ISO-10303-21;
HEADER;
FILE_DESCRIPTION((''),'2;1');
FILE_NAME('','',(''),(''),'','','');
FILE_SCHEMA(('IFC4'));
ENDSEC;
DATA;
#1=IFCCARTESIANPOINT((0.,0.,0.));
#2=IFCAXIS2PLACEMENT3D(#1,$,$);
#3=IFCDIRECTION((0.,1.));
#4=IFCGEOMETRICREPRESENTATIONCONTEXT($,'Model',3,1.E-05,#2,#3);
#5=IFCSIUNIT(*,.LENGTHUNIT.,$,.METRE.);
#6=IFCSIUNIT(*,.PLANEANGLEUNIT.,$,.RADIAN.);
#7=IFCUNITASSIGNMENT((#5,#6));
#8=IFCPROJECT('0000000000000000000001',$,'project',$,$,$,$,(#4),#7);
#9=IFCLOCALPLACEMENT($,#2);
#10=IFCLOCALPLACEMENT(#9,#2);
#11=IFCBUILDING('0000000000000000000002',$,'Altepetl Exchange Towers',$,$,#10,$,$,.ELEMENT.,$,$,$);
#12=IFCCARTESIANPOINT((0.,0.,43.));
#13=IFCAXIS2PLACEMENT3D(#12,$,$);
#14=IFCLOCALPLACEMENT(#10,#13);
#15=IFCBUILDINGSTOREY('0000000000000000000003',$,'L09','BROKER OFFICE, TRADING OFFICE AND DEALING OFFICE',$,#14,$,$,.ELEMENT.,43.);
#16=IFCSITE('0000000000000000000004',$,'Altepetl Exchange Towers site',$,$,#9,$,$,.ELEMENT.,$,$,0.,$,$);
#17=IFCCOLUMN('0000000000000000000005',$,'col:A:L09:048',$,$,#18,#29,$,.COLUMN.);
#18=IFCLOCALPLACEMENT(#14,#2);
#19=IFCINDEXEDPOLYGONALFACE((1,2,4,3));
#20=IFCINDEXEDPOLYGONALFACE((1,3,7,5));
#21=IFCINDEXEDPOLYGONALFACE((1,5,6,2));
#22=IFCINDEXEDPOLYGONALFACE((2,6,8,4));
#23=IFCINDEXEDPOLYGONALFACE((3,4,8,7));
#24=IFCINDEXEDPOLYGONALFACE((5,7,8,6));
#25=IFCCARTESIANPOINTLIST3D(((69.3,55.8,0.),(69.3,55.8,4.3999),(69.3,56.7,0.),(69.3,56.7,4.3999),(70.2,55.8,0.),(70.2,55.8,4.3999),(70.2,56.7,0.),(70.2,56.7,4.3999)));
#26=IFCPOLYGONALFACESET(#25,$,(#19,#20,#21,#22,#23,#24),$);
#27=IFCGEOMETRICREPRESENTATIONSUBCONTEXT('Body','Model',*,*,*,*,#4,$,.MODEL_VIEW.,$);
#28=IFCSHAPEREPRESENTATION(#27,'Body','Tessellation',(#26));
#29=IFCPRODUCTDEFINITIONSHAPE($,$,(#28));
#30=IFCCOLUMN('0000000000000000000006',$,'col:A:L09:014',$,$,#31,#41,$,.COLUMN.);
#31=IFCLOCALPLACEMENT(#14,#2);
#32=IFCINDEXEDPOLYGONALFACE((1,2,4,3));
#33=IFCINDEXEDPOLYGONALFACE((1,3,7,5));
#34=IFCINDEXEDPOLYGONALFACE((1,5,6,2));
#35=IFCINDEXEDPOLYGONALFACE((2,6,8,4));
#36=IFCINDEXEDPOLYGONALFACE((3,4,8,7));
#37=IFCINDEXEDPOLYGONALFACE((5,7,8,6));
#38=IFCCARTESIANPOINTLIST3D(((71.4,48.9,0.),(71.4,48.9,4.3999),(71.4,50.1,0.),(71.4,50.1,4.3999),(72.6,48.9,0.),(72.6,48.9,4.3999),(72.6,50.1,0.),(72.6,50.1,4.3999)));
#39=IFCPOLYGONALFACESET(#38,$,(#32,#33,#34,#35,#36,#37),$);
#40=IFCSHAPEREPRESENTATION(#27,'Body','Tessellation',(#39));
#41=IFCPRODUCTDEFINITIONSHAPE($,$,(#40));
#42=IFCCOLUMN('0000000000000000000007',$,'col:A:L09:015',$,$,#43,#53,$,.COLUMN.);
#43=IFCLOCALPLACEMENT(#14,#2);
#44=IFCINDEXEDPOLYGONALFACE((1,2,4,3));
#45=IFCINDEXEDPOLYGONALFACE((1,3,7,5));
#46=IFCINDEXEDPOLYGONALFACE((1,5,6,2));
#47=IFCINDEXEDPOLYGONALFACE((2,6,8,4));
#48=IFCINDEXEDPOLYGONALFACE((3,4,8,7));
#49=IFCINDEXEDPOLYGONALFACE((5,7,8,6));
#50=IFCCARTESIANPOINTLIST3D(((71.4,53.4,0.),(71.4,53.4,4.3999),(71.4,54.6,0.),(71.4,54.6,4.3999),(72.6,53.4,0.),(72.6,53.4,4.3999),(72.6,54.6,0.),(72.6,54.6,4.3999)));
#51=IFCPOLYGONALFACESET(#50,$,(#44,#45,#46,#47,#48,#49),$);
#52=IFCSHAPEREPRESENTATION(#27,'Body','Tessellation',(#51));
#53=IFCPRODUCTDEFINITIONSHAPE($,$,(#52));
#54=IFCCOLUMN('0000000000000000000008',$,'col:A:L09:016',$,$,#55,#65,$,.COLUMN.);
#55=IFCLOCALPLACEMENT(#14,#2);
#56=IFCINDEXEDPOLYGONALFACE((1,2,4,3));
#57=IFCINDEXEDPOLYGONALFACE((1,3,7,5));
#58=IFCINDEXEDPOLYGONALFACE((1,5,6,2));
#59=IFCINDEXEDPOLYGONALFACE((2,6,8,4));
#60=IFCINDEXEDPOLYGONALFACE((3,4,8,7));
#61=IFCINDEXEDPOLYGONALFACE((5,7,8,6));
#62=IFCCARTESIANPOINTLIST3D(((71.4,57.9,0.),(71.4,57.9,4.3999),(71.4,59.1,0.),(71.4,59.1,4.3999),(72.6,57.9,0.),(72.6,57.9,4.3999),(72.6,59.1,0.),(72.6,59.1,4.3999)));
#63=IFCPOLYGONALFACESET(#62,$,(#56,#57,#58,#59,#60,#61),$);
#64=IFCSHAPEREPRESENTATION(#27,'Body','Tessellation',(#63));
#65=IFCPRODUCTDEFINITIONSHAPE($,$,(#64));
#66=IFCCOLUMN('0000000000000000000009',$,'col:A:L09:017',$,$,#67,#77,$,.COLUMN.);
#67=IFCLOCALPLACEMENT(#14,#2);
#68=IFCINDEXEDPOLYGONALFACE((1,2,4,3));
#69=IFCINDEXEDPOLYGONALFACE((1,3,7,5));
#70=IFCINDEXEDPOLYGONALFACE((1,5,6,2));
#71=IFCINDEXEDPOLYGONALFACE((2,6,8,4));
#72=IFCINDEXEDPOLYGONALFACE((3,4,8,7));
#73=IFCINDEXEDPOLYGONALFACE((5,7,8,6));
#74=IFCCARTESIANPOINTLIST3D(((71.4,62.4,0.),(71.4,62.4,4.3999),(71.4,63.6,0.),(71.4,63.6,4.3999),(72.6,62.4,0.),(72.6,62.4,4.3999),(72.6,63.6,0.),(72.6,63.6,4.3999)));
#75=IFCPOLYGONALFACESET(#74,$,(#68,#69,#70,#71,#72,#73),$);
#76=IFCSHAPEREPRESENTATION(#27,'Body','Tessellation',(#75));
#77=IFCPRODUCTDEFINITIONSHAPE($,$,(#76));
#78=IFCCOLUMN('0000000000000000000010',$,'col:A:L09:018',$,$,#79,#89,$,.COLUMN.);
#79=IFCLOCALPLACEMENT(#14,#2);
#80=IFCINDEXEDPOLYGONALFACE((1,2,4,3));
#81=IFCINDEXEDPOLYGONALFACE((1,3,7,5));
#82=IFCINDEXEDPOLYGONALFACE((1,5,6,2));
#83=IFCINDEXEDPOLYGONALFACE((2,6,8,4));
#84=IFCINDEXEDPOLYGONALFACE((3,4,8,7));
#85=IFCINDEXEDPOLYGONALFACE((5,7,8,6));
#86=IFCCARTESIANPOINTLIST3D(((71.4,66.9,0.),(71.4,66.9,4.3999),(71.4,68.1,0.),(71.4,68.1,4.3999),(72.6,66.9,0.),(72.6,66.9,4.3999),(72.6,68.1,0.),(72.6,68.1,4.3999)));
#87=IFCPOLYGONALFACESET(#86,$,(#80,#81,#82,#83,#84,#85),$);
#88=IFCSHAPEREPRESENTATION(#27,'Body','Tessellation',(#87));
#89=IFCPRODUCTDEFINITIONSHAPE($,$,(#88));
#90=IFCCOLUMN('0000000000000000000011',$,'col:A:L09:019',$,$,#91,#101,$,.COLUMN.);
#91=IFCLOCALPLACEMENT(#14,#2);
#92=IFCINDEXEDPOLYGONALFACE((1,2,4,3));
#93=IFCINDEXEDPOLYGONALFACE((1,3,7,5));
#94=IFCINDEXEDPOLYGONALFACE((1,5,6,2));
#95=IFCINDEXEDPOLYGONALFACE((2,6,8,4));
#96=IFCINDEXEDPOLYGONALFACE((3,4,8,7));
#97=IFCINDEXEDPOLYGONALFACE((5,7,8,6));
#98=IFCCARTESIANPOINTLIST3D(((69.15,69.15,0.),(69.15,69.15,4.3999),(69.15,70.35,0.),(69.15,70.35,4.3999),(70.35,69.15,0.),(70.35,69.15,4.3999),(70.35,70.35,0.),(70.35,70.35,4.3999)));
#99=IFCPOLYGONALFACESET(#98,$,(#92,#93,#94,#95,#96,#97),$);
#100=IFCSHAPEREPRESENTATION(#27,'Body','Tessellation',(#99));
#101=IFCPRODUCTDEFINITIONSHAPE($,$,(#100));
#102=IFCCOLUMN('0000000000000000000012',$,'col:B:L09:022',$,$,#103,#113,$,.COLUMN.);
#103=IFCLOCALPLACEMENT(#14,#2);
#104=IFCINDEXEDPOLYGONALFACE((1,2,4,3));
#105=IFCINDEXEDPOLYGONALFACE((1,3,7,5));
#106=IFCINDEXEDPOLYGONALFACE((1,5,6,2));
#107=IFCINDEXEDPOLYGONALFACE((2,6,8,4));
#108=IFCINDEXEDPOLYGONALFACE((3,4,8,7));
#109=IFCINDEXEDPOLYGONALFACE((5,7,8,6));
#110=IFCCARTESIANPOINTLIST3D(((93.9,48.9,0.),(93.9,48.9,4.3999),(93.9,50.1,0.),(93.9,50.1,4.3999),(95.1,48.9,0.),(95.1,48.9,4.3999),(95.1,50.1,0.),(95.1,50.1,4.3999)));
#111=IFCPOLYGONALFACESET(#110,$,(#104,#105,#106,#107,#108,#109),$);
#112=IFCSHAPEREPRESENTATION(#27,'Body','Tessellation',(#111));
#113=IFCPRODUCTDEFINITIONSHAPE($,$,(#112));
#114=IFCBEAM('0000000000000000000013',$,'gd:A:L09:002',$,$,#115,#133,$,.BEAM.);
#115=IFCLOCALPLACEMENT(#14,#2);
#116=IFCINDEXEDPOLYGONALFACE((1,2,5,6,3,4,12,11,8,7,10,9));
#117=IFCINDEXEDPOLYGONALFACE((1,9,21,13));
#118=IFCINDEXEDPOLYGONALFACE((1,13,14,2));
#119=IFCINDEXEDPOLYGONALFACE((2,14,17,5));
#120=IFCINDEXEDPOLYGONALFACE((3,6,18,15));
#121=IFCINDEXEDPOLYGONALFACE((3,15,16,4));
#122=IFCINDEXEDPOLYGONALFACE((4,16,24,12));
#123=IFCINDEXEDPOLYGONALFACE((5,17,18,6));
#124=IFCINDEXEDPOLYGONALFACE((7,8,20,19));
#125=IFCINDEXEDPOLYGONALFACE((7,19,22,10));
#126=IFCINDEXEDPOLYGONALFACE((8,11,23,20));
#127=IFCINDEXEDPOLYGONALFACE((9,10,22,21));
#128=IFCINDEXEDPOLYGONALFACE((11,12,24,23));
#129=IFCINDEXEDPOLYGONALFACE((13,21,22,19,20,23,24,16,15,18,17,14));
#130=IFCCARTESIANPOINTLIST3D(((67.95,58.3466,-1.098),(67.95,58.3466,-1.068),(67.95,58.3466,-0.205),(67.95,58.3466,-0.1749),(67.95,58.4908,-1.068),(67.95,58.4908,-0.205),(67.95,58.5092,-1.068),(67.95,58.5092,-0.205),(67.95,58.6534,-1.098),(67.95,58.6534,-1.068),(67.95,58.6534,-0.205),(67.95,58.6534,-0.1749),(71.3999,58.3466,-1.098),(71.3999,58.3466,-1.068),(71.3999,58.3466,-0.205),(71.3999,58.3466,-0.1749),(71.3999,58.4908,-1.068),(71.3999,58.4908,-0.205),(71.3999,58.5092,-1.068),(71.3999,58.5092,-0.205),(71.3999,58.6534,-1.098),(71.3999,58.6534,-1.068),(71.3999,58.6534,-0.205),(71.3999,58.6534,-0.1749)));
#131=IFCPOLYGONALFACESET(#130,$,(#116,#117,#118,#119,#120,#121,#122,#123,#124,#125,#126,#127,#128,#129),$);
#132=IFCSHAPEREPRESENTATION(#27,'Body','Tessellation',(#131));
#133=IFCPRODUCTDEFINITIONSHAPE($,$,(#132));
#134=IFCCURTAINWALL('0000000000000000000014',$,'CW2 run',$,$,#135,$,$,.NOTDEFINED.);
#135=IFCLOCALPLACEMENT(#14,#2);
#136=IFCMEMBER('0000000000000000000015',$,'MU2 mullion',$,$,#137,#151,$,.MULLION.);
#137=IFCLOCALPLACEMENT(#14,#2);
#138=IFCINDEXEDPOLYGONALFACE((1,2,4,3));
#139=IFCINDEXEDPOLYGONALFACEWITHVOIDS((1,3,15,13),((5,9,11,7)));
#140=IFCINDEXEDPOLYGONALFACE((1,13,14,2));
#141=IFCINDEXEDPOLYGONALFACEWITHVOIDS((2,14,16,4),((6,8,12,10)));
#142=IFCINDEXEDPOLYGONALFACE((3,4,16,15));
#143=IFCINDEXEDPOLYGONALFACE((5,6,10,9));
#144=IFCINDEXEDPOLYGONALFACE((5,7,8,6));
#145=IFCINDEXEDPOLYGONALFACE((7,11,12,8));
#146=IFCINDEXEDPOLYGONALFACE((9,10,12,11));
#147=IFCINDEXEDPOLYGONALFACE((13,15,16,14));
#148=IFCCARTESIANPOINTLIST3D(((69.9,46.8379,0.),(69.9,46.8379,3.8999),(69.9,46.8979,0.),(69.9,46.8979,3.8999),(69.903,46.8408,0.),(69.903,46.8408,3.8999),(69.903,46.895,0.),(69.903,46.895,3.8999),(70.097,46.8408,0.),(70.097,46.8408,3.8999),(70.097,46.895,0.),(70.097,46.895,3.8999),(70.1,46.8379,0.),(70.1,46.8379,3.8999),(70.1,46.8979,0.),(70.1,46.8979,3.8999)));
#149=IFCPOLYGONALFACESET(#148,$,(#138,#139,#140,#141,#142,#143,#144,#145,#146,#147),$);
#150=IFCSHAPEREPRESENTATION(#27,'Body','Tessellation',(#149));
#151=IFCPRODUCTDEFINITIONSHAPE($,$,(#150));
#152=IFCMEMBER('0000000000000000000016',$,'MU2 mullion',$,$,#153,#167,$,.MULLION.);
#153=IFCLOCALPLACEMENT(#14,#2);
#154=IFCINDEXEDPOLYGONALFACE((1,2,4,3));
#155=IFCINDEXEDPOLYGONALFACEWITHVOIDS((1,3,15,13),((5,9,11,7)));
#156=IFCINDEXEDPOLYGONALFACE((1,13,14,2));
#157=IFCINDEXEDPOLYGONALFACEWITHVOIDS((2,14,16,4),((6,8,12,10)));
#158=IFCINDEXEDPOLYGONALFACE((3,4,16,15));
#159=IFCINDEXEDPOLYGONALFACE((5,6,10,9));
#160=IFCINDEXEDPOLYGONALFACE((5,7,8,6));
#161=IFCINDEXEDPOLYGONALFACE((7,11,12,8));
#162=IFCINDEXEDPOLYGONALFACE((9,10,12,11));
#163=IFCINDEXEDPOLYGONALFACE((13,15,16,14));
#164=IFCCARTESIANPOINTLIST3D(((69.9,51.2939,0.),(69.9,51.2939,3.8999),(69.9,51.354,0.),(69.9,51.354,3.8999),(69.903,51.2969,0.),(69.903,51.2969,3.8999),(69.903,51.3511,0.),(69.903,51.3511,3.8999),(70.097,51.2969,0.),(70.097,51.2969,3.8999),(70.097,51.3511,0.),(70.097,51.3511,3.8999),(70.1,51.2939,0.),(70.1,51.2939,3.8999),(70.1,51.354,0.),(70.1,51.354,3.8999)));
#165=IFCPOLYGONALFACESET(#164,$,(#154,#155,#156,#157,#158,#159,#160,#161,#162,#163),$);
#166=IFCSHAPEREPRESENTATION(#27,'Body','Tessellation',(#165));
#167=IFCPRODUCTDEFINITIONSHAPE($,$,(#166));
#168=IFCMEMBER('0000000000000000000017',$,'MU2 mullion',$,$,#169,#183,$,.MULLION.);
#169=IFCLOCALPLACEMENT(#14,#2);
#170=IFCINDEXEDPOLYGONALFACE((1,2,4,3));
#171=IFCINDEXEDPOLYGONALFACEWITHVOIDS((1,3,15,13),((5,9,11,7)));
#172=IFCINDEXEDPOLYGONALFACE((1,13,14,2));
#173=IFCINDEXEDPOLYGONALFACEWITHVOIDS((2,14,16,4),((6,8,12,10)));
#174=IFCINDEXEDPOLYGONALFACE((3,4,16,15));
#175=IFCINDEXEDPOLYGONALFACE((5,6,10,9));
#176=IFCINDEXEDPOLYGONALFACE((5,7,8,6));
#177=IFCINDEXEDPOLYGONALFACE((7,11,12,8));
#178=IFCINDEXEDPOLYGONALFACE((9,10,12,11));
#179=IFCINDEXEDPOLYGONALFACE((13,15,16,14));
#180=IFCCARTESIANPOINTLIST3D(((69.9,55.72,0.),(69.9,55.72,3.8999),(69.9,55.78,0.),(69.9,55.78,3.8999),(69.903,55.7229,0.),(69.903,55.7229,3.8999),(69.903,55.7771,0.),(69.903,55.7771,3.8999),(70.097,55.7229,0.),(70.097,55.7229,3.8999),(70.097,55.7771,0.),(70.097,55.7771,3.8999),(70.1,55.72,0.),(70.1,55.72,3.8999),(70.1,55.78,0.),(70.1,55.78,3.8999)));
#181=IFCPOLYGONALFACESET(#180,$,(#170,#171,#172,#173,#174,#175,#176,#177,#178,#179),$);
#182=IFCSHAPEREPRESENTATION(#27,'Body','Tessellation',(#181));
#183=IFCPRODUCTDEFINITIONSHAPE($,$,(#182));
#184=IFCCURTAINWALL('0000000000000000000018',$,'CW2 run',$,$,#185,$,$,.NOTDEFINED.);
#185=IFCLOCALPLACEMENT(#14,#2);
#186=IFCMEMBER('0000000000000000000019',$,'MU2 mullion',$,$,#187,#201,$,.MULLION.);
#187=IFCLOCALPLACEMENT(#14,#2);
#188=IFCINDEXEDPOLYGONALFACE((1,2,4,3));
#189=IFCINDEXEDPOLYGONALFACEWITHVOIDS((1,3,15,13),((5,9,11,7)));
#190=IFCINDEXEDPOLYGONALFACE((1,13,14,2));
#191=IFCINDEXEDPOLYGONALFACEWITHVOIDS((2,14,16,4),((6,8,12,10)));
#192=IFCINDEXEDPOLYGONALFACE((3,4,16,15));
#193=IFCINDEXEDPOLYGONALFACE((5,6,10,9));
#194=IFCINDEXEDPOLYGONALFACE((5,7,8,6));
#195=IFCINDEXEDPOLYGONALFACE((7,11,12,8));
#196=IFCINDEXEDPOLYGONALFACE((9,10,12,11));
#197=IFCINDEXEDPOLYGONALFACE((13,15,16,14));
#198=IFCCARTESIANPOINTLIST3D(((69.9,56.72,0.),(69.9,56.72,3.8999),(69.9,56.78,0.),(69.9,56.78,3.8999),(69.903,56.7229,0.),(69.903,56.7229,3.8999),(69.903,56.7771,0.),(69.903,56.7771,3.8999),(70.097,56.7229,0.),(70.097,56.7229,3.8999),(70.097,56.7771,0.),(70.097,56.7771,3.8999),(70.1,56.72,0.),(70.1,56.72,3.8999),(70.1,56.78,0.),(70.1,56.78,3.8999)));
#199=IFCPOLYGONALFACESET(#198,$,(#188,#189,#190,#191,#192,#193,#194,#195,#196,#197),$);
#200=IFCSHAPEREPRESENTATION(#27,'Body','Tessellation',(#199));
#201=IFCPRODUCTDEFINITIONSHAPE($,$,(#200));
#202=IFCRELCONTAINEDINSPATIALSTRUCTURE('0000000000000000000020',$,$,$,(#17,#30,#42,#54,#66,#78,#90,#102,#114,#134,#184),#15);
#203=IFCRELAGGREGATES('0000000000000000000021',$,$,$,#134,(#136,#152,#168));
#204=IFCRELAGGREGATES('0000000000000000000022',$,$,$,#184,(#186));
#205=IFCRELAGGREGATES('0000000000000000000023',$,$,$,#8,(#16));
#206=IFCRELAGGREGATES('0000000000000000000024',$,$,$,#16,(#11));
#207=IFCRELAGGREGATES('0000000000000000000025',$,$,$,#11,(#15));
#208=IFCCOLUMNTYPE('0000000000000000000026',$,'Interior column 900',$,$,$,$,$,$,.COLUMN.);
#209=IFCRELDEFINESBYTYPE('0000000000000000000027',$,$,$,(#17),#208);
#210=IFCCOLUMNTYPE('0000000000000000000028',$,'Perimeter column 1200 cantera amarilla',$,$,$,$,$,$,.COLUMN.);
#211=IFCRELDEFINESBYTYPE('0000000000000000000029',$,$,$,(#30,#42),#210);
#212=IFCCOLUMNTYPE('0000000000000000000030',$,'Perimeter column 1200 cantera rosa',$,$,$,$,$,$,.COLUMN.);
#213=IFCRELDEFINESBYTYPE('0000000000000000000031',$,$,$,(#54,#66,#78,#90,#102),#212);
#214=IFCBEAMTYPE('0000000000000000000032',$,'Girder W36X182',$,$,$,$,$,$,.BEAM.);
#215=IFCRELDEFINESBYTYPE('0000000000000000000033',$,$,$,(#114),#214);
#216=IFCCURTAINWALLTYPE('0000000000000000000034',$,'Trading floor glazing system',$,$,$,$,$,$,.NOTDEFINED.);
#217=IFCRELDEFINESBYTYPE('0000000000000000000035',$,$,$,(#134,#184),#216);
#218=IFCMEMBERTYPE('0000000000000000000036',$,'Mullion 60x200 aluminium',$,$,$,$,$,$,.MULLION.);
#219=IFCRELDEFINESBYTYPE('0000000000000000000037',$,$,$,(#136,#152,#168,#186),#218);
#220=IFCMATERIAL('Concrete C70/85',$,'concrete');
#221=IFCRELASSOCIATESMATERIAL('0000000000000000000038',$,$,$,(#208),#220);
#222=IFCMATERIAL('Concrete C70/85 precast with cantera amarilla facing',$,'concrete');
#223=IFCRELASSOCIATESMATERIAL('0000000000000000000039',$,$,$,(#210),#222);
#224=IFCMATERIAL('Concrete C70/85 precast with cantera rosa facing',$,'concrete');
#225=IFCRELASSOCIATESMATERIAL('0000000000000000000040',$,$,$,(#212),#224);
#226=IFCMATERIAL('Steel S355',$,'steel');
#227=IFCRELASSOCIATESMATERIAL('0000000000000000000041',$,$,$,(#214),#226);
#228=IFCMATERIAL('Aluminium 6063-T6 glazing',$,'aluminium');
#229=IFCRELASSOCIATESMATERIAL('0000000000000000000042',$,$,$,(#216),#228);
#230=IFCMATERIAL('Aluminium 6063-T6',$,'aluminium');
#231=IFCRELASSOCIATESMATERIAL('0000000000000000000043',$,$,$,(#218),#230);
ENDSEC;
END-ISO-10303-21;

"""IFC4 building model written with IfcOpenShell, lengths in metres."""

from ifc_helpers import new_model, si_unit, direction, frame, origin, origin_2d, place, context, subcontext, project, spatial, rectangle, hollow_rectangle, i_section, extrude, material, material_profile, profile_set, type_object, element, aggregate, save


model = new_model("IFC4")

# Units and contexts
model_context = context("Model", 3, precision=1e-05, world=origin(), true_north=direction((0.0, 1.0)))
body_context = subcontext(model_context, "Body", "Model", "MODEL_VIEW")
ifc_project = project(units=[si_unit("LENGTHUNIT", "METRE"), si_unit("PLANEANGLEUNIT", "RADIAN")], contexts=[model_context])

# Site, building, storey
site_placement = place(None, origin())
site = spatial("IfcSite", under=ifc_project, at=site_placement, Name="Altepetl Exchange Towers site", CompositionType="ELEMENT", RefElevation=0.0)
building_placement = place(site_placement, origin())
building = spatial("IfcBuilding", under=site, at=building_placement, Name="Altepetl Exchange Towers", CompositionType="ELEMENT")
storey_placement = place(building_placement, frame((0.0, 0.0, 43.0)))
storey = spatial("IfcBuildingStorey", under=building, at=storey_placement, Name="L09", Description="BROKER OFFICE, TRADING OFFICE AND DEALING OFFICE", CompositionType="ELEMENT", Elevation=43.0)

# Columns
ifc_material_1 = material(Name="Concrete C70/85", Category="concrete")
ifc_material_profile_1 = material_profile(ifc_material_1, rectangle(XDim=0.8999, YDim=0.8999, at=origin_2d()), Name="900 x 900")
ifc_profile_set_1 = profile_set([ifc_material_profile_1], Name="Concrete C70/85")
column_type_1 = type_object("IfcColumnType", Name="Interior column 900", PredefinedType="COLUMN", material=ifc_profile_set_1)
column_placement = place(storey_placement, frame((69.75, 56.25, 0.0)))
element("IfcColumn", 1, at=column_placement, inside=storey, type_object=column_type_1, Name="col:A:L09:048", PredefinedType="COLUMN", context=body_context, shape_type="SweptSolid", body=[
    extrude(rectangle(XDim=0.8999, YDim=0.8999, at=origin_2d()), origin(), (0.0, 0.0, 1.0), 4.3999),
])
ifc_material_2 = material(Name="Concrete C70/85 precast with cantera amarilla facing", Category="concrete")
ifc_material_profile_2 = material_profile(ifc_material_2, rectangle(XDim=1.2, YDim=1.2, at=origin_2d()), Name="1200 x 1200")
ifc_profile_set_2 = profile_set([ifc_material_profile_2], Name="Concrete C70/85 precast with cantera amarilla facing")
column_type_2 = type_object("IfcColumnType", Name="Perimeter column 1200 cantera amarilla", PredefinedType="COLUMN", material=ifc_profile_set_2)
for number, where, name in (
    (2, (72.0, 49.5, 0.0), "col:A:L09:014"),
    (3, (72.0, 54.0, 0.0), "col:A:L09:015"),
):
    element("IfcColumn", number, at=place(storey_placement, frame(where)), inside=storey, type_object=column_type_2, Name=name, PredefinedType="COLUMN", context=body_context, shape_type="SweptSolid", body=[
        extrude(rectangle(XDim=1.2, YDim=1.2, at=origin_2d()), origin(), (0.0, 0.0, 1.0), 4.3999),
    ])
ifc_material_3 = material(Name="Concrete C70/85 precast with cantera rosa facing", Category="concrete")
ifc_material_profile_3 = material_profile(ifc_material_3, rectangle(XDim=1.2, YDim=1.2, at=origin_2d()), Name="1200 x 1200")
ifc_profile_set_3 = profile_set([ifc_material_profile_3], Name="Concrete C70/85 precast with cantera rosa facing")
column_type_3 = type_object("IfcColumnType", Name="Perimeter column 1200 cantera rosa", PredefinedType="COLUMN", material=ifc_profile_set_3)
for number, where, name in (
    (4, (72.0, 58.5, 0.0), "col:A:L09:016"),
    (5, (72.0, 63.0, 0.0), "col:A:L09:017"),
    (6, (72.0, 67.5, 0.0), "col:A:L09:018"),
    (7, (69.75, 69.75, 0.0), "col:A:L09:019"),
    (8, (94.5, 49.5, 0.0), "col:B:L09:022"),
):
    element("IfcColumn", number, at=place(storey_placement, frame(where)), inside=storey, type_object=column_type_3, Name=name, PredefinedType="COLUMN", context=body_context, shape_type="SweptSolid", body=[
        extrude(rectangle(XDim=1.2, YDim=1.2, at=origin_2d()), origin(), (0.0, 0.0, 1.0), 4.3999),
    ])

# Beam
ifc_material_4 = material(Name="Steel S355", Category="steel")
ifc_material_profile_4 = material_profile(ifc_material_4, i_section(OverallWidth=0.3069, OverallDepth=0.9231, WebThickness=0.0183, FlangeThickness=0.03, at=origin_2d()), Name="W36X182")
ifc_profile_set_4 = profile_set([ifc_material_profile_4], Name="Steel S355")
beam_type_1 = type_object("IfcBeamType", Name="Girder W36X182", PredefinedType="BEAM", material=ifc_profile_set_4)
beam_1_placement = place(storey_placement, frame((67.95, 58.5, -0.6365), z_axis=(1.0, 0.0, 0.0), x_axis=(0.0, 1.0, 0.0)))
element("IfcBeam", 9, at=beam_1_placement, inside=storey, type_object=beam_type_1, Name="gd:A:L09:002", PredefinedType="BEAM", context=body_context, shape_type="SweptSolid", body=[
    extrude(i_section(OverallWidth=0.3069, OverallDepth=0.9231, WebThickness=0.0183, FlangeThickness=0.03, at=origin_2d()), origin(), (0.0, 0.0, 1.0), 3.45),
])

# Curtain walls, members
ifc_material_5 = material(Name="Aluminium 6063-T6 glazing", Category="aluminium")
curtain_wall_type = type_object("IfcCurtainWallType", Name="Trading floor glazing system", PredefinedType="NOTDEFINED", material=ifc_material_5)
curtain_wall_1_placement = place(storey_placement, origin())
curtain_wall_1 = element("IfcCurtainWall", 10, at=curtain_wall_1_placement, inside=storey, type_object=curtain_wall_type, Name="CW2 run", PredefinedType="NOTDEFINED")
ifc_material_6 = material(Name="Aluminium 6063-T6", Category="aluminium")
ifc_material_profile_5 = material_profile(ifc_material_6, hollow_rectangle(XDim=0.0601, YDim=0.2, WallThickness=0.0029, at=origin_2d()), Name="Mullion 60x200 aluminium")
ifc_profile_set_5 = profile_set([ifc_material_profile_5], Name="Aluminium 6063-T6")
member_type = type_object("IfcMemberType", Name="Mullion 60x200 aluminium", PredefinedType="MULLION", material=ifc_profile_set_5)
member_1_placement = place(storey_placement, frame((70.0, 46.8679, 0.0), z_axis=(0.0, 0.0, 1.0), x_axis=(0.0, 1.0, 0.0)))
member_1 = element("IfcMember", 11, at=member_1_placement, type_object=member_type, Name="MU2 mullion", PredefinedType="MULLION", context=body_context, shape_type="SweptSolid", body=[
    extrude(hollow_rectangle(XDim=0.0601, YDim=0.2, WallThickness=0.0029, at=origin_2d()), origin(), (0.0, 0.0, 1.0), 3.8999),
])
member_2_placement = place(storey_placement, frame((70.0, 51.324, 0.0), z_axis=(0.0, 0.0, 1.0), x_axis=(0.0, 1.0, 0.0)))
member_2 = element("IfcMember", 12, at=member_2_placement, type_object=member_type, Name="MU2 mullion", PredefinedType="MULLION", context=body_context, shape_type="SweptSolid", body=[
    extrude(hollow_rectangle(XDim=0.0601, YDim=0.2, WallThickness=0.0029, at=origin_2d()), origin(), (0.0, 0.0, 1.0), 3.8999),
])
member_3_placement = place(storey_placement, frame((70.0, 55.75, 0.0), z_axis=(0.0, 0.0, 1.0), x_axis=(0.0, 1.0, 0.0)))
member_3 = element("IfcMember", 13, at=member_3_placement, type_object=member_type, Name="MU2 mullion", PredefinedType="MULLION", context=body_context, shape_type="SweptSolid", body=[
    extrude(hollow_rectangle(XDim=0.0601, YDim=0.2, WallThickness=0.0029, at=origin_2d()), origin(), (0.0, 0.0, 1.0), 3.8999),
])
curtain_wall_2_placement = place(storey_placement, origin())
curtain_wall_2 = element("IfcCurtainWall", 14, at=curtain_wall_2_placement, inside=storey, type_object=curtain_wall_type, Name="CW2 run", PredefinedType="NOTDEFINED")
member_4_placement = place(storey_placement, frame((70.0, 56.75, 0.0), z_axis=(0.0, 0.0, 1.0), x_axis=(0.0, 1.0, 0.0)))
member_4 = element("IfcMember", 15, at=member_4_placement, type_object=member_type, Name="MU2 mullion", PredefinedType="MULLION", context=body_context, shape_type="SweptSolid", body=[
    extrude(hollow_rectangle(XDim=0.0601, YDim=0.2, WallThickness=0.0029, at=origin_2d()), origin(), (0.0, 0.0, 1.0), 3.8999),
])

aggregate(curtain_wall_1, [member_1, member_2, member_3])
aggregate(curtain_wall_2, [member_4])

save(model, "model.ifc")
